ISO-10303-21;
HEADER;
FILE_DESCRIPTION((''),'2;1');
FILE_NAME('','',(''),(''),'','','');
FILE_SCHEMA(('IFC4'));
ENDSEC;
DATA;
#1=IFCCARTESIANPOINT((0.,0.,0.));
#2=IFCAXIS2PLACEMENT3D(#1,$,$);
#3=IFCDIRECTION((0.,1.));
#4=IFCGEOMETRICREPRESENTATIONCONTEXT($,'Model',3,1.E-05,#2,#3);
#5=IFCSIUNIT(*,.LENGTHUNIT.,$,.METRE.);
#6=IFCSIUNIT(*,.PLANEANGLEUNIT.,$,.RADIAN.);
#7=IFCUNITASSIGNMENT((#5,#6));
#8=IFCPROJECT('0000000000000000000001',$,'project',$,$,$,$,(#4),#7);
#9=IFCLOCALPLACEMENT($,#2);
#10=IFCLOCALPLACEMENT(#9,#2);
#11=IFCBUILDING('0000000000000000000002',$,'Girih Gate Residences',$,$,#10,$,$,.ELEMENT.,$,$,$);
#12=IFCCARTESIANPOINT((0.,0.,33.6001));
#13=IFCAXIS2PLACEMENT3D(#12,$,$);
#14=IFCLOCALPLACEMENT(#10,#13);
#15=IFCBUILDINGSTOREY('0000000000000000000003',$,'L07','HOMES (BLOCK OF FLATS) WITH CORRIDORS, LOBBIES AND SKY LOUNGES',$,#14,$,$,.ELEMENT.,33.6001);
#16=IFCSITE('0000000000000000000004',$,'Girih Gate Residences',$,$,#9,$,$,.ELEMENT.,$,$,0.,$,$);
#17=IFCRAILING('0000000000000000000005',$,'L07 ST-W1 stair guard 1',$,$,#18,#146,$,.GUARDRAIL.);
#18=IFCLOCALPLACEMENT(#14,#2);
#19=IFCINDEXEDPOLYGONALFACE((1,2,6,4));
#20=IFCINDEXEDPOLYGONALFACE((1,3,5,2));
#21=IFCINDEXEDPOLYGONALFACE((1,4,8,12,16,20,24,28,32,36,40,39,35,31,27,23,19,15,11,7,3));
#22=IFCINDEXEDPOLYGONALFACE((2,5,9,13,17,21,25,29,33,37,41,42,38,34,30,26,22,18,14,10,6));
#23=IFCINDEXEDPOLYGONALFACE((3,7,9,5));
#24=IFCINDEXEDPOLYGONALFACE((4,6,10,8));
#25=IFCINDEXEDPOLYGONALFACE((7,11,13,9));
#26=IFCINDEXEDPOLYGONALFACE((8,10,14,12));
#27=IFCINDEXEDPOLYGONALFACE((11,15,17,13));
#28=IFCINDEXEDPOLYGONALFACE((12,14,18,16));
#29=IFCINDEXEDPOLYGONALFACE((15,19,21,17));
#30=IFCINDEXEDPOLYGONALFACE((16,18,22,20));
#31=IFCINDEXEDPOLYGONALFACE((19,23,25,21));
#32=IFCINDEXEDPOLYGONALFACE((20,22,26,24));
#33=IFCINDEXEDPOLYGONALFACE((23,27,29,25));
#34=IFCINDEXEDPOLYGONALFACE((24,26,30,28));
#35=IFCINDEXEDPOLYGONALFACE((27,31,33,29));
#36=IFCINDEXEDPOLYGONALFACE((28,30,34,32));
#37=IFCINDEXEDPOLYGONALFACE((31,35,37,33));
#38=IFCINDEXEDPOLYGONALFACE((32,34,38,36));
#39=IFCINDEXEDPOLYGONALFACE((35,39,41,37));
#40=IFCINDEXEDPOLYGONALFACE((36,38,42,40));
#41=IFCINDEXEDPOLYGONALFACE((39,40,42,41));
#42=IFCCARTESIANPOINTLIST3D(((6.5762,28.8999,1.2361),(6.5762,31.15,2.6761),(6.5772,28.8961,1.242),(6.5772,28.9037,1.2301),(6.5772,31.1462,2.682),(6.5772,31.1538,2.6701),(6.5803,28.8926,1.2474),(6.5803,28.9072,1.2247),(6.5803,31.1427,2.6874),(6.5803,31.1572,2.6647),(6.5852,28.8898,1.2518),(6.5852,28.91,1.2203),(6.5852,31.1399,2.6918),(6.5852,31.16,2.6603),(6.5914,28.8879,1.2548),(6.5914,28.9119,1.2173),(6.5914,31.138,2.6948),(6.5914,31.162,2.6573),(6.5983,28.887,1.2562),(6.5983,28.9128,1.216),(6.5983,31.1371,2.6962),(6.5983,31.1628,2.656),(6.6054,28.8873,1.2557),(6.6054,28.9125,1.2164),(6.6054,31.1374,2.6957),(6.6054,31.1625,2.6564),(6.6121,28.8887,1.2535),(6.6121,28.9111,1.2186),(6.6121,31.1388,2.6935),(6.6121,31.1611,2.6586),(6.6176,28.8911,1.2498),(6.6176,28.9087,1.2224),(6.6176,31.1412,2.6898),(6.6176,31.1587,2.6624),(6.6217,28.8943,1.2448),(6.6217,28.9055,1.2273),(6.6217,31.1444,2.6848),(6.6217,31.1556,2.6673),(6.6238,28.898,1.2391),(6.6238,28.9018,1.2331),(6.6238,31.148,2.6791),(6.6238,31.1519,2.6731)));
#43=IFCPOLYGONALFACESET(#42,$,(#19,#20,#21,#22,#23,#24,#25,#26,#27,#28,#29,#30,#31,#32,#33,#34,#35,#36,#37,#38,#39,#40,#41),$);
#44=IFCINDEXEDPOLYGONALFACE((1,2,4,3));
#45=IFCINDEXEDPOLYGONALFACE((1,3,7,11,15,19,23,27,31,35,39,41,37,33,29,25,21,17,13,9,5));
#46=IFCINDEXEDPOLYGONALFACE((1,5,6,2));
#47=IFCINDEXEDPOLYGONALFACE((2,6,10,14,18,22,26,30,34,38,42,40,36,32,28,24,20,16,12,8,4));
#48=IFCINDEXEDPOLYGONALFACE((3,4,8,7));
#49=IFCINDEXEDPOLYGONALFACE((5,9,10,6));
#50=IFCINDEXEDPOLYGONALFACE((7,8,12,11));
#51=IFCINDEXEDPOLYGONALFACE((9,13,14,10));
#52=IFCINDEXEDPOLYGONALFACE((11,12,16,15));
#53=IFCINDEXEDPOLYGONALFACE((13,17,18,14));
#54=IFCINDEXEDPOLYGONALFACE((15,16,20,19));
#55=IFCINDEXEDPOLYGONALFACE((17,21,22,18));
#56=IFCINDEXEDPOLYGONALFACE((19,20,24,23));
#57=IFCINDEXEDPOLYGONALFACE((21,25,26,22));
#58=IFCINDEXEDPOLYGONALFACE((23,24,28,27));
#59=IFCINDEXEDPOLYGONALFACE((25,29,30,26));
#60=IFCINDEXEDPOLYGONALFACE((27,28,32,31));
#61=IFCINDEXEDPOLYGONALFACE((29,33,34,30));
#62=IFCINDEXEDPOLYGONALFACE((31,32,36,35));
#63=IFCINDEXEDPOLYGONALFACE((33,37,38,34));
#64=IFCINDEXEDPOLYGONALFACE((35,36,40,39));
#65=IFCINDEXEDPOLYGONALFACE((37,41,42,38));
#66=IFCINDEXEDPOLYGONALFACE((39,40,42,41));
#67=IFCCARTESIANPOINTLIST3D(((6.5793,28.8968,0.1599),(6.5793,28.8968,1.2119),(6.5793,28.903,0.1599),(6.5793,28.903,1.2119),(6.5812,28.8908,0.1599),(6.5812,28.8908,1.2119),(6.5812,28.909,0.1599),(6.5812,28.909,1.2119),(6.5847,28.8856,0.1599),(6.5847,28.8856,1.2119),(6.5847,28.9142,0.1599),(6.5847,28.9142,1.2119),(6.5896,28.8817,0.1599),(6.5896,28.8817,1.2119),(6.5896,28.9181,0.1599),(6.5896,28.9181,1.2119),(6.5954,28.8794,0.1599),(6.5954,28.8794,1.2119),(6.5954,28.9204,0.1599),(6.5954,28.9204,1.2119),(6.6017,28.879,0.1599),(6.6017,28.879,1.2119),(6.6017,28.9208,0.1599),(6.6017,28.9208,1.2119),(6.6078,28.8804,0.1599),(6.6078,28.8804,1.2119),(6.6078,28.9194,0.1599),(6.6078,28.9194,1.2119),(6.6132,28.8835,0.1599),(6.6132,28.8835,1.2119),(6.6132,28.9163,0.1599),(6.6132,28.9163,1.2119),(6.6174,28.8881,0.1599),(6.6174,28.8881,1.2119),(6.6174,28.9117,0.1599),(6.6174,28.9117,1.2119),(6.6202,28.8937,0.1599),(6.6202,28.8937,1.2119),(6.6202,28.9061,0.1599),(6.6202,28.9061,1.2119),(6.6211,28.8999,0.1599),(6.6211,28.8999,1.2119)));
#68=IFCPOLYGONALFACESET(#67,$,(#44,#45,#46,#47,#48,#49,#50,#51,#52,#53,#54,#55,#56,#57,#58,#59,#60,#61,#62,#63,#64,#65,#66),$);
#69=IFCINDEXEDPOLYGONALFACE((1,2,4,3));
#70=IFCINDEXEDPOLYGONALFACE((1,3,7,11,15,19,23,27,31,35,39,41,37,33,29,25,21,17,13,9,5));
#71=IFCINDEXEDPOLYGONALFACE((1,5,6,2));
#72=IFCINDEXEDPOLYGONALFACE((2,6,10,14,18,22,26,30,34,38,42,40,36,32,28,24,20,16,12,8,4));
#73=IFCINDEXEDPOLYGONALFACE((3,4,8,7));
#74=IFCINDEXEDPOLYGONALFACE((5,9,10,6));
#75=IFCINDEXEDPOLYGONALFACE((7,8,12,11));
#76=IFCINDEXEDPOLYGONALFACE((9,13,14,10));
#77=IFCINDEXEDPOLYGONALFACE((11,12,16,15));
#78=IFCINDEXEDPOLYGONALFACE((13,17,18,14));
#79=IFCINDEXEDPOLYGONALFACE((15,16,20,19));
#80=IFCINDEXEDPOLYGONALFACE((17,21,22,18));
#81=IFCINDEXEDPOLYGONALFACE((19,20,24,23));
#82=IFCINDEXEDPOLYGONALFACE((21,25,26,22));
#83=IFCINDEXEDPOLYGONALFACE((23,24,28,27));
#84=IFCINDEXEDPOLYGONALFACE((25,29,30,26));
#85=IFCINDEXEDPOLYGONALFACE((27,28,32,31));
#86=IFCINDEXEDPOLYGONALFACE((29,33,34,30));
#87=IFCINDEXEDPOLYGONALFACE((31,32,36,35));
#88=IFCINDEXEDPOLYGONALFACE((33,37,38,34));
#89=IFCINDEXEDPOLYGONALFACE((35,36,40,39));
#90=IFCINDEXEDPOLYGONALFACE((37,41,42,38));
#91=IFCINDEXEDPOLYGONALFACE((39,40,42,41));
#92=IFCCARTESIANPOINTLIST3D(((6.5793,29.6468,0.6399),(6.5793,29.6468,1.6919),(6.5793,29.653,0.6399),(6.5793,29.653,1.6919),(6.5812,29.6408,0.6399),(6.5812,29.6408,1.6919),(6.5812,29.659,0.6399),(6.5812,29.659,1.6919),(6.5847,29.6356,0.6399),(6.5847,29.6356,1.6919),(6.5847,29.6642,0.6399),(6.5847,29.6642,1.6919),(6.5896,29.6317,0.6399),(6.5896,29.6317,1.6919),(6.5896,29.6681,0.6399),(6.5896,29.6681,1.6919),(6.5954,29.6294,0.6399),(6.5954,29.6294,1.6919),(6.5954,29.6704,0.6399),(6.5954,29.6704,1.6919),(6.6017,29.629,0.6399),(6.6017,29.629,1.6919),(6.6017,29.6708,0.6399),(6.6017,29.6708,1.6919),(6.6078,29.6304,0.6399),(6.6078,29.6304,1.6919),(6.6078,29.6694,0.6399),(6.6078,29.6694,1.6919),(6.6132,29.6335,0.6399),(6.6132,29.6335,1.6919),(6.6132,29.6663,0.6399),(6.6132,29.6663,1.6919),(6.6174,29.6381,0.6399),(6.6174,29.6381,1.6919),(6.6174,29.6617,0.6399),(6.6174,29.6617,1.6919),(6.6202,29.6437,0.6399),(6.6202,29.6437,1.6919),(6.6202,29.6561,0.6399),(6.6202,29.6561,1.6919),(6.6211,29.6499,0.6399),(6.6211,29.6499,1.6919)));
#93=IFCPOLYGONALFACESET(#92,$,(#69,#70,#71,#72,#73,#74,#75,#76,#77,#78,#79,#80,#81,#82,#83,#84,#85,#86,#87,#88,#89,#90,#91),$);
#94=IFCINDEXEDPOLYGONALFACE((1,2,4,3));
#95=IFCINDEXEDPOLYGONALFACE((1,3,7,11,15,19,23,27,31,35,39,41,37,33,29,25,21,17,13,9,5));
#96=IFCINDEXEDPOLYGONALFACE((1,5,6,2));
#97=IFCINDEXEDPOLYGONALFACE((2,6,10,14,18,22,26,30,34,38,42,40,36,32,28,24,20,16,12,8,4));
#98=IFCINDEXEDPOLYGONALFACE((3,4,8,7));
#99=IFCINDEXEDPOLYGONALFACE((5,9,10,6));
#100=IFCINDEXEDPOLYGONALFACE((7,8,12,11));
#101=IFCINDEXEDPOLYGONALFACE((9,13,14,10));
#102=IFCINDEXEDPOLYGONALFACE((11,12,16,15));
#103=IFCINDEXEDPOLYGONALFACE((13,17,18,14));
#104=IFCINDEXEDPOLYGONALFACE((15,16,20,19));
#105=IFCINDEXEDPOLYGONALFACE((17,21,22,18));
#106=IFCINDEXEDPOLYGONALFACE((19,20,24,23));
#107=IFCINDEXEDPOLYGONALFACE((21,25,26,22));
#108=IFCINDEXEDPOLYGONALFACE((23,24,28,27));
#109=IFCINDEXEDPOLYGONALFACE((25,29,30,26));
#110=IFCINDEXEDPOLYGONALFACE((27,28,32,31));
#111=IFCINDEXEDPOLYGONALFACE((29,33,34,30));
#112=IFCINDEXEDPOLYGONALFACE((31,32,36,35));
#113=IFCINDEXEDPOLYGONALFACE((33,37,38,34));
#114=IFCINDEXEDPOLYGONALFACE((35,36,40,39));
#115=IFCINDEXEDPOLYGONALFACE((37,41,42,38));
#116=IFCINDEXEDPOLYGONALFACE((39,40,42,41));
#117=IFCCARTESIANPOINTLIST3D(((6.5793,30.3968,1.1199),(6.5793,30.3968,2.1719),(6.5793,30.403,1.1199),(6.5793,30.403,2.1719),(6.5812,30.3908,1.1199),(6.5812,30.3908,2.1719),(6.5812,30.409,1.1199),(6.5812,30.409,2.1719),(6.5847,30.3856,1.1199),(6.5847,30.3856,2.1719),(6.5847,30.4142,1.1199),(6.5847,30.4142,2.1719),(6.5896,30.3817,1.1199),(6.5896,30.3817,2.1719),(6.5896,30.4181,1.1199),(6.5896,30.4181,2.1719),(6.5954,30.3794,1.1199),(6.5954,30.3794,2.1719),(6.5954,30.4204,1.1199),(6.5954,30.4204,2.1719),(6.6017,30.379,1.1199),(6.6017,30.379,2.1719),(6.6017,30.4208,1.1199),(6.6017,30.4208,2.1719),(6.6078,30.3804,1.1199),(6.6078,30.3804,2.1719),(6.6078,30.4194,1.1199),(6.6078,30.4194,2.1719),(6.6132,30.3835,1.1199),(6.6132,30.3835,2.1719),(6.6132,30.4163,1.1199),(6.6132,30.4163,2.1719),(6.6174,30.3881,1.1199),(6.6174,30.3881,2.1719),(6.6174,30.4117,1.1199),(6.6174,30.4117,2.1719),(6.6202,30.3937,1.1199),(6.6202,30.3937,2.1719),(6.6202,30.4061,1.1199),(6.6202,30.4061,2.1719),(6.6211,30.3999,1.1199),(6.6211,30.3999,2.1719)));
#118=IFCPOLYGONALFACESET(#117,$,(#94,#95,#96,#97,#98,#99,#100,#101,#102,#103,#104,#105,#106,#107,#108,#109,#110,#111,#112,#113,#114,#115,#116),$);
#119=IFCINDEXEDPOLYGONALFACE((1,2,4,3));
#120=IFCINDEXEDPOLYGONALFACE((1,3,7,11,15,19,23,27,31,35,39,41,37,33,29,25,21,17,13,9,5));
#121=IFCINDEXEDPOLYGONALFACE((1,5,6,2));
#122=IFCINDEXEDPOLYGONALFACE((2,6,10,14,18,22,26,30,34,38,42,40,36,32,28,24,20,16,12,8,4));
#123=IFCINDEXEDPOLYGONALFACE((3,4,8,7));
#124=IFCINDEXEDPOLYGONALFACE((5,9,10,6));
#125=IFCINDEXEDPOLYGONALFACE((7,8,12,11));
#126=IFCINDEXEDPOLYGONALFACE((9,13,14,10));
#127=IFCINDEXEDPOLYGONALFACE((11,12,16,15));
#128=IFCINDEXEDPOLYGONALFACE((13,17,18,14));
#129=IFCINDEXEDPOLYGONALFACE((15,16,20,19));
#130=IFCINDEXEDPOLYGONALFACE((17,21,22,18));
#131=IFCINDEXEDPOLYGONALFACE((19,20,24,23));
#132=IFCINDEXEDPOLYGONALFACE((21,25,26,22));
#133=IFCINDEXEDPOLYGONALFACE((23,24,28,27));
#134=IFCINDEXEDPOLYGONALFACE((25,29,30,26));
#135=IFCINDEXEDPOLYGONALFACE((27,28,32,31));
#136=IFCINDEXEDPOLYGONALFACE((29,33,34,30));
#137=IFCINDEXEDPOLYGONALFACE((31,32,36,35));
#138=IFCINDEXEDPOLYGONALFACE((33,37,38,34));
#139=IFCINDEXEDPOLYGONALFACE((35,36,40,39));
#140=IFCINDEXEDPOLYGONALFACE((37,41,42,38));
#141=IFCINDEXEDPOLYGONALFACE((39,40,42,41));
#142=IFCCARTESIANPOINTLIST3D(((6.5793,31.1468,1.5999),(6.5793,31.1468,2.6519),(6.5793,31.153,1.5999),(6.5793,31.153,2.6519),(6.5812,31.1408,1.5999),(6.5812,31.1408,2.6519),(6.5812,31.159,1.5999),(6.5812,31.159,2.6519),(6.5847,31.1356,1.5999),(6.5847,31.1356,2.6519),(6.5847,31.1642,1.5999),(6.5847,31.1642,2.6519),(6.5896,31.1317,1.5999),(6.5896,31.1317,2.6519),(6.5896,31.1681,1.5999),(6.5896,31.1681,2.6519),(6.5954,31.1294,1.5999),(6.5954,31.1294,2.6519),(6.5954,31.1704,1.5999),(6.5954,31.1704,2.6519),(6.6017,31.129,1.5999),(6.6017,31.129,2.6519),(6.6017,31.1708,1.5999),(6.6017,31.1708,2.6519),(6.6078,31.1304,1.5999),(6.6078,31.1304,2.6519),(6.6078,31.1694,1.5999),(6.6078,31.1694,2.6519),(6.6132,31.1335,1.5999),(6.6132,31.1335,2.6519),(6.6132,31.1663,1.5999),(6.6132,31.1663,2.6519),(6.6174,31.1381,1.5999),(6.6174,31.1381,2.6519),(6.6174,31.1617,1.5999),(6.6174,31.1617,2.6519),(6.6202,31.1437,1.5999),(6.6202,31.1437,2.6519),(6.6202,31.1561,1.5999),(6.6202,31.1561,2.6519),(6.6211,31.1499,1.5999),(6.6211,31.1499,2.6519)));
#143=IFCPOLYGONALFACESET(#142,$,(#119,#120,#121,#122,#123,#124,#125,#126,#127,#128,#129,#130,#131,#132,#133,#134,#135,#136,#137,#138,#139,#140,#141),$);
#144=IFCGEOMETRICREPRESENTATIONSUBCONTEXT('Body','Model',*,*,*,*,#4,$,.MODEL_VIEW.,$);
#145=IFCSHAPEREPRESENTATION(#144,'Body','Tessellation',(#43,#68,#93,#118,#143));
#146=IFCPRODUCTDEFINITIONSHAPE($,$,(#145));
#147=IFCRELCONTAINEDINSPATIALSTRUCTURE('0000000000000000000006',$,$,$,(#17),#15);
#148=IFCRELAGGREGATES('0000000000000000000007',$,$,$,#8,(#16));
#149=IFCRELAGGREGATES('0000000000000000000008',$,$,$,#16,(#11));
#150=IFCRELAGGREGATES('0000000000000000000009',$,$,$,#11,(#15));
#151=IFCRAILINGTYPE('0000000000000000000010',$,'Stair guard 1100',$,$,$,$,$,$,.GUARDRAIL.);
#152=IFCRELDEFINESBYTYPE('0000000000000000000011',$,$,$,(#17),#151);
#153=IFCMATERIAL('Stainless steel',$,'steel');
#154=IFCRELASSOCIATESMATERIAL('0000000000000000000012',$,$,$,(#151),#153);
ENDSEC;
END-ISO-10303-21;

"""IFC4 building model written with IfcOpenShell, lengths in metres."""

from ifc_helpers import new_model, si_unit, direction, frame, origin, origin_2d, place, context, subcontext, project, spatial, circle, extrude, material, type_object, element, save


model = new_model("IFC4")

# Units and contexts
model_context = context("Model", 3, precision=1e-05, world=origin(), true_north=direction((0.0, 1.0)))
body_context = subcontext(model_context, "Body", "Model", "MODEL_VIEW")
ifc_project = project(units=[si_unit("LENGTHUNIT", "METRE"), si_unit("PLANEANGLEUNIT", "RADIAN")], contexts=[model_context])

# Site, building, storey
site_placement = place(None, origin())
site = spatial("IfcSite", under=ifc_project, at=site_placement, Name="Girih Gate Residences", CompositionType="ELEMENT", RefElevation=0.0)
building_placement = place(site_placement, origin())
building = spatial("IfcBuilding", under=site, at=building_placement, Name="Girih Gate Residences", CompositionType="ELEMENT")
storey_placement = place(building_placement, frame((0.0, 0.0, 33.6001)))
storey = spatial("IfcBuildingStorey", under=building, at=storey_placement, Name="L07", Description="HOMES (BLOCK OF FLATS) WITH CORRIDORS, LOBBIES AND SKY LOUNGES", CompositionType="ELEMENT", Elevation=33.6001)

# Railing
ifc_material_1 = material(Name="Stainless steel", Category="steel")
railing_type_1 = type_object("IfcRailingType", Name="Stair guard 1100", PredefinedType="GUARDRAIL", material=ifc_material_1)
railing_1_placement = place(storey_placement, frame((6.6001, 28.8999, 0.1599)))
element("IfcRailing", 1, at=railing_1_placement, inside=storey, type_object=railing_type_1, Name="L07 ST-W1 stair guard 1", PredefinedType="GUARDRAIL", context=body_context, shape_type="SweptSolid", body=[
    extrude(circle(Radius=0.0239, at=origin_2d()), frame((0.0, 0.0, 1.0762), z_axis=(0.0, 0.842281, 0.539038), x_axis=(-1.0, 0.0, 0.0)), (0.0, 0.0, 1.0), 2.6714),
    extrude(circle(Radius=0.021, at=origin_2d()), origin(), (0.0, 0.0, 1.0), 1.052),
    extrude(circle(Radius=0.021, at=origin_2d()), frame((0.0, 0.75, 0.48)), (0.0, 0.0, 1.0), 1.052),
    extrude(circle(Radius=0.021, at=origin_2d()), frame((0.0, 1.5, 0.96)), (0.0, 0.0, 1.0), 1.052),
    extrude(circle(Radius=0.021, at=origin_2d()), frame((0.0, 2.25, 1.4399)), (0.0, 0.0, 1.0), 1.052),
])

save(model, "model.ifc")
